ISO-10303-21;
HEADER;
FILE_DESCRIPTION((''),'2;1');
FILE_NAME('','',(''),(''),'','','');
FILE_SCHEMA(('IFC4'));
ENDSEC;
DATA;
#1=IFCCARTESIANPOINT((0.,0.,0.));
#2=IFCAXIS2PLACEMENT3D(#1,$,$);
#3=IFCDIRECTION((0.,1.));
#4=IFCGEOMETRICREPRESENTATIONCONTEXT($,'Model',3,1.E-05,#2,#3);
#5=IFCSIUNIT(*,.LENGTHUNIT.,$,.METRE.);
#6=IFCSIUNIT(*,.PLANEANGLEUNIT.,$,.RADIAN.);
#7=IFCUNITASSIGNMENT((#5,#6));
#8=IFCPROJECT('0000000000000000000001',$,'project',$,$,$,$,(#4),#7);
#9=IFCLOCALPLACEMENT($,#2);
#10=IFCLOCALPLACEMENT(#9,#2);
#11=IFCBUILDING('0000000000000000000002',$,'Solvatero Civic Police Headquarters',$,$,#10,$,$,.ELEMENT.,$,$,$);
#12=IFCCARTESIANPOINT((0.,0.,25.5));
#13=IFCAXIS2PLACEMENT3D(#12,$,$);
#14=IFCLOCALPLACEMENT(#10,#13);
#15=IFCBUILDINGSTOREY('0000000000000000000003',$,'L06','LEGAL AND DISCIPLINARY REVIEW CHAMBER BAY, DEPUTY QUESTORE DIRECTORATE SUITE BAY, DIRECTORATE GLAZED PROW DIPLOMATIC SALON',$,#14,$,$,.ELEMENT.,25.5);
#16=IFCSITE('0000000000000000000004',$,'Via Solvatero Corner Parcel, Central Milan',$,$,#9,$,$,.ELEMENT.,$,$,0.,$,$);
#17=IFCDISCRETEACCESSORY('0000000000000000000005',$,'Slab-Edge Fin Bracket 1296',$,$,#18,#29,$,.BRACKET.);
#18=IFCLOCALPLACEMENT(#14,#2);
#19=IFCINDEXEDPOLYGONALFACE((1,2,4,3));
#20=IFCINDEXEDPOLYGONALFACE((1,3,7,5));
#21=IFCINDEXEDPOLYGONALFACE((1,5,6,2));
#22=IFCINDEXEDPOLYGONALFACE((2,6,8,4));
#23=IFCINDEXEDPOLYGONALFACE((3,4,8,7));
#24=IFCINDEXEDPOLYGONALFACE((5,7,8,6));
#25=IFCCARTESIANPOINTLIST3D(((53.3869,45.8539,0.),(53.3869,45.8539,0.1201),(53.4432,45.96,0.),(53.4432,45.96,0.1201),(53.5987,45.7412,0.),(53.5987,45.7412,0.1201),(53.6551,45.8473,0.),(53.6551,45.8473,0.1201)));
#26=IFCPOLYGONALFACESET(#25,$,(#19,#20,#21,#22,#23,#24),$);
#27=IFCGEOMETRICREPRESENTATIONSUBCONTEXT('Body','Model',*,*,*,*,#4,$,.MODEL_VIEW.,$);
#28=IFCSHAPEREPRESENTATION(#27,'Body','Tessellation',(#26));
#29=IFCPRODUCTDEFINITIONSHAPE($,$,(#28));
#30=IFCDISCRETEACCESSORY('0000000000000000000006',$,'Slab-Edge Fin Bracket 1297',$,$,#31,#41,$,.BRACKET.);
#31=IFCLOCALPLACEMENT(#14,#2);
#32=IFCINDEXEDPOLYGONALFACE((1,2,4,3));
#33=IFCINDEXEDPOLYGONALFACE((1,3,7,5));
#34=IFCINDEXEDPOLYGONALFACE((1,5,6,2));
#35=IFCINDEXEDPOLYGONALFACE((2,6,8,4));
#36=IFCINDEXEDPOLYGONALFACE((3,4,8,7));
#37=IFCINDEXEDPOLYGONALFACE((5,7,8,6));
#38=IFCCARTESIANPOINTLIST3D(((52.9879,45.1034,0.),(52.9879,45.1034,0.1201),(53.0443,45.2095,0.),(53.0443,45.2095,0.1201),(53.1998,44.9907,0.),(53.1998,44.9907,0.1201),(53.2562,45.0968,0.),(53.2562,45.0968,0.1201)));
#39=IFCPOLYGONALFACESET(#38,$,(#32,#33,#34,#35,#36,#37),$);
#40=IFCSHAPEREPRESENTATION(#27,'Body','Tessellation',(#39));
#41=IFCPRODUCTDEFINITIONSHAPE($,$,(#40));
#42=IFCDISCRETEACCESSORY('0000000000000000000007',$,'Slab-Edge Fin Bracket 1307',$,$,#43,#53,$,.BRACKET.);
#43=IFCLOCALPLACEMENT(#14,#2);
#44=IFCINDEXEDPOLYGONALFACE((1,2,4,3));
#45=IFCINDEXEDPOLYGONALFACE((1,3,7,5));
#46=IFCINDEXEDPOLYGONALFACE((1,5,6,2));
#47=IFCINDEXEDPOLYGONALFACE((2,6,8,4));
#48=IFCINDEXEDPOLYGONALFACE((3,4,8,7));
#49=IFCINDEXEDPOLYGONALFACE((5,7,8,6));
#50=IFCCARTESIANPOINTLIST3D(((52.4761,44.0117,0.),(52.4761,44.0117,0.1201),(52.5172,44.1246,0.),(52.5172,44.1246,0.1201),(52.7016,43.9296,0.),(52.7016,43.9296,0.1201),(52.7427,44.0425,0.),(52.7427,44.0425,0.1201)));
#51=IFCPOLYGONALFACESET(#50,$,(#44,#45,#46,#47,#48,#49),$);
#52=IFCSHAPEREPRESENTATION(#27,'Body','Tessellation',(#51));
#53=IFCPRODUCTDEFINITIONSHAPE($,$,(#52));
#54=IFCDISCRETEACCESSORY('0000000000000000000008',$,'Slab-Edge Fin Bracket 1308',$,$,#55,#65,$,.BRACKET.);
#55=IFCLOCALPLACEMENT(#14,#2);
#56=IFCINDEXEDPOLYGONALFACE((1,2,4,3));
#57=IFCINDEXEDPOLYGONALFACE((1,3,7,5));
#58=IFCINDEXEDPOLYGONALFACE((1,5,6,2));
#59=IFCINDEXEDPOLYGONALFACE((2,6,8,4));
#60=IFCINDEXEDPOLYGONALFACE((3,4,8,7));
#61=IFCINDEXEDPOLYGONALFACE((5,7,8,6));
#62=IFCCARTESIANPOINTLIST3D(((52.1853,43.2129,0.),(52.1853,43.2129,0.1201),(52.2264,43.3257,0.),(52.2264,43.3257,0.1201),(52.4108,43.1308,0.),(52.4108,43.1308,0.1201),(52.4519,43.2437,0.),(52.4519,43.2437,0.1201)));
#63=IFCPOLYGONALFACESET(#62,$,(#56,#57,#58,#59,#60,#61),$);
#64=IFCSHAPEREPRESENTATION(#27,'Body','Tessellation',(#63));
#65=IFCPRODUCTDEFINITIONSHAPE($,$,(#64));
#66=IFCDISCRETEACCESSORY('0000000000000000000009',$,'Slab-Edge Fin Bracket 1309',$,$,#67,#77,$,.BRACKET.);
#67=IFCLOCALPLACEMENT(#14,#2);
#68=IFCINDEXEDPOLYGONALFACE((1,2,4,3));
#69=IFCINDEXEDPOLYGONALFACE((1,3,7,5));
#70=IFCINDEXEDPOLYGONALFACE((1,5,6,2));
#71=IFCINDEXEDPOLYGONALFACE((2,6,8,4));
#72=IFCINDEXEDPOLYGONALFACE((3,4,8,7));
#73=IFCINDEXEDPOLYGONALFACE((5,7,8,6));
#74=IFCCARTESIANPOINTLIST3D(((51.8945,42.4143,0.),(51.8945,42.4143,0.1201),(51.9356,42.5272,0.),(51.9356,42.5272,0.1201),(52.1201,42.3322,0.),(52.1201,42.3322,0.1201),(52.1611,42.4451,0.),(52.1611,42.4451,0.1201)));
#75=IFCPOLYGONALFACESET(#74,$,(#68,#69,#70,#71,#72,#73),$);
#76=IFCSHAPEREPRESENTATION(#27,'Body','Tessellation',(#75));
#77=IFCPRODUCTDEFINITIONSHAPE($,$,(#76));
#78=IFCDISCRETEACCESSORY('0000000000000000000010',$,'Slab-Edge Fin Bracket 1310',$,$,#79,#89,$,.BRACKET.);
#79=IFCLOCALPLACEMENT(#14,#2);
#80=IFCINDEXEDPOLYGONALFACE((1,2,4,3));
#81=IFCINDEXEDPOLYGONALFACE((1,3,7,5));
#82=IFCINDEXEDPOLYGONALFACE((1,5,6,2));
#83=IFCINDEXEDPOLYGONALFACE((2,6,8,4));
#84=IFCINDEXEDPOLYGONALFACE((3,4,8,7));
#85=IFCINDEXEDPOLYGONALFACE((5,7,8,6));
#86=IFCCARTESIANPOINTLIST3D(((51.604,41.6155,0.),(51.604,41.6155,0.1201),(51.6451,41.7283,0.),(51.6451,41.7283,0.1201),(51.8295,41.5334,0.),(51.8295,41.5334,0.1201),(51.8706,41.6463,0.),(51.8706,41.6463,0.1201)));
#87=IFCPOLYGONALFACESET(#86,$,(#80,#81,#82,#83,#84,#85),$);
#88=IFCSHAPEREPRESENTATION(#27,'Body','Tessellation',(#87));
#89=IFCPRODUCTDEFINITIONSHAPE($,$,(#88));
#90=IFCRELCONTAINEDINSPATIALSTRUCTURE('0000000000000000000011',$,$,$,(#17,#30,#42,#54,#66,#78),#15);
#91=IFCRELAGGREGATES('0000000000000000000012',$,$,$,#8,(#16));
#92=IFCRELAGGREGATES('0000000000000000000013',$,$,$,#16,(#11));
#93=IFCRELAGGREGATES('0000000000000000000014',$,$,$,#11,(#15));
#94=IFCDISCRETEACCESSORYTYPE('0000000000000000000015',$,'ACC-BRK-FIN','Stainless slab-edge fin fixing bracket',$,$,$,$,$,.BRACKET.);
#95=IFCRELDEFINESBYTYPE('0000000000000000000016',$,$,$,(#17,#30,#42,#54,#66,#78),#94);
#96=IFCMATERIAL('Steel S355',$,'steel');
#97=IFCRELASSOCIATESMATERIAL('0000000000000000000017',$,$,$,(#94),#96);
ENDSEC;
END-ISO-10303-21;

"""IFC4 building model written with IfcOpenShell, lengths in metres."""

from ifc_helpers import new_model, si_unit, direction, frame, origin, origin_2d, place, context, subcontext, project, spatial, rectangle, extrude, material, type_object, element, save


model = new_model("IFC4")

# Units and contexts
model_context = context("Model", 3, precision=1e-05, world=origin(), true_north=direction((0.0, 1.0)))
body_context = subcontext(model_context, "Body", "Model", "MODEL_VIEW")
ifc_project = project(units=[si_unit("LENGTHUNIT", "METRE"), si_unit("PLANEANGLEUNIT", "RADIAN")], contexts=[model_context])

# Site, building, storey
site_placement = place(None, origin())
site = spatial("IfcSite", under=ifc_project, at=site_placement, Name="Via Solvatero Corner Parcel, Central Milan", CompositionType="ELEMENT", RefElevation=0.0)
building_placement = place(site_placement, origin())
building = spatial("IfcBuilding", under=site, at=building_placement, Name="Solvatero Civic Police Headquarters", CompositionType="ELEMENT")
storey_placement = place(building_placement, frame((0.0, 0.0, 25.5)))
storey = spatial("IfcBuildingStorey", under=building, at=storey_placement, Name="L06", Description="LEGAL AND DISCIPLINARY REVIEW CHAMBER BAY, DEPUTY QUESTORE DIRECTORATE SUITE BAY, DIRECTORATE GLAZED PROW DIPLOMATIC SALON", CompositionType="ELEMENT", Elevation=25.5)

# Shared definitions
ifc_material_1 = material(Name="Steel S355", Category="steel")

# Discrete accessories
discrete_accessory_type = type_object("IfcDiscreteAccessoryType", Name="ACC-BRK-FIN", Description="Stainless slab-edge fin fixing bracket", PredefinedType="BRACKET", material=ifc_material_1)
for number, where, z_axis, x_axis, name in (
    (1, (53.521, 45.8506, 0.0), (0.0, 0.0, 1.0), (-0.469487, -0.882939, 0.0), "Slab-Edge Fin Bracket 1296"),
    (2, (53.1221, 45.1001, 0.0), (0.0, 0.0, 1.0), (-0.469487, -0.882939, 0.0), "Slab-Edge Fin Bracket 1297"),
    (3, (52.6094, 44.0271, 0.0), (0.0, 0.0, 1.0), (-0.342004, -0.939699, 0.0), "Slab-Edge Fin Bracket 1307"),
    (4, (52.3186, 43.2283, 0.0), (0.0, 0.0, 1.0), (-0.342004, -0.939699, 0.0), "Slab-Edge Fin Bracket 1308"),
    (5, (52.0278, 42.4297, 0.0), (0.0, 0.0, 1.0), (-0.342004, -0.939699, 0.0), "Slab-Edge Fin Bracket 1309"),
    (6, (51.7373, 41.6309, 0.0), (0.0, 0.0, 1.0), (-0.342004, -0.939699, 0.0), "Slab-Edge Fin Bracket 1310"),
):
    element("IfcDiscreteAccessory", number, at=place(storey_placement, frame(where, z_axis=z_axis, x_axis=x_axis)), inside=storey, type_object=discrete_accessory_type, Name=name, PredefinedType="BRACKET", context=body_context, shape_type="SweptSolid", body=[
        extrude(rectangle(XDim=0.1201, YDim=0.24, at=origin_2d()), origin(), (0.0, 0.0, 1.0), 0.1201),
    ])

save(model, "model.ifc")
